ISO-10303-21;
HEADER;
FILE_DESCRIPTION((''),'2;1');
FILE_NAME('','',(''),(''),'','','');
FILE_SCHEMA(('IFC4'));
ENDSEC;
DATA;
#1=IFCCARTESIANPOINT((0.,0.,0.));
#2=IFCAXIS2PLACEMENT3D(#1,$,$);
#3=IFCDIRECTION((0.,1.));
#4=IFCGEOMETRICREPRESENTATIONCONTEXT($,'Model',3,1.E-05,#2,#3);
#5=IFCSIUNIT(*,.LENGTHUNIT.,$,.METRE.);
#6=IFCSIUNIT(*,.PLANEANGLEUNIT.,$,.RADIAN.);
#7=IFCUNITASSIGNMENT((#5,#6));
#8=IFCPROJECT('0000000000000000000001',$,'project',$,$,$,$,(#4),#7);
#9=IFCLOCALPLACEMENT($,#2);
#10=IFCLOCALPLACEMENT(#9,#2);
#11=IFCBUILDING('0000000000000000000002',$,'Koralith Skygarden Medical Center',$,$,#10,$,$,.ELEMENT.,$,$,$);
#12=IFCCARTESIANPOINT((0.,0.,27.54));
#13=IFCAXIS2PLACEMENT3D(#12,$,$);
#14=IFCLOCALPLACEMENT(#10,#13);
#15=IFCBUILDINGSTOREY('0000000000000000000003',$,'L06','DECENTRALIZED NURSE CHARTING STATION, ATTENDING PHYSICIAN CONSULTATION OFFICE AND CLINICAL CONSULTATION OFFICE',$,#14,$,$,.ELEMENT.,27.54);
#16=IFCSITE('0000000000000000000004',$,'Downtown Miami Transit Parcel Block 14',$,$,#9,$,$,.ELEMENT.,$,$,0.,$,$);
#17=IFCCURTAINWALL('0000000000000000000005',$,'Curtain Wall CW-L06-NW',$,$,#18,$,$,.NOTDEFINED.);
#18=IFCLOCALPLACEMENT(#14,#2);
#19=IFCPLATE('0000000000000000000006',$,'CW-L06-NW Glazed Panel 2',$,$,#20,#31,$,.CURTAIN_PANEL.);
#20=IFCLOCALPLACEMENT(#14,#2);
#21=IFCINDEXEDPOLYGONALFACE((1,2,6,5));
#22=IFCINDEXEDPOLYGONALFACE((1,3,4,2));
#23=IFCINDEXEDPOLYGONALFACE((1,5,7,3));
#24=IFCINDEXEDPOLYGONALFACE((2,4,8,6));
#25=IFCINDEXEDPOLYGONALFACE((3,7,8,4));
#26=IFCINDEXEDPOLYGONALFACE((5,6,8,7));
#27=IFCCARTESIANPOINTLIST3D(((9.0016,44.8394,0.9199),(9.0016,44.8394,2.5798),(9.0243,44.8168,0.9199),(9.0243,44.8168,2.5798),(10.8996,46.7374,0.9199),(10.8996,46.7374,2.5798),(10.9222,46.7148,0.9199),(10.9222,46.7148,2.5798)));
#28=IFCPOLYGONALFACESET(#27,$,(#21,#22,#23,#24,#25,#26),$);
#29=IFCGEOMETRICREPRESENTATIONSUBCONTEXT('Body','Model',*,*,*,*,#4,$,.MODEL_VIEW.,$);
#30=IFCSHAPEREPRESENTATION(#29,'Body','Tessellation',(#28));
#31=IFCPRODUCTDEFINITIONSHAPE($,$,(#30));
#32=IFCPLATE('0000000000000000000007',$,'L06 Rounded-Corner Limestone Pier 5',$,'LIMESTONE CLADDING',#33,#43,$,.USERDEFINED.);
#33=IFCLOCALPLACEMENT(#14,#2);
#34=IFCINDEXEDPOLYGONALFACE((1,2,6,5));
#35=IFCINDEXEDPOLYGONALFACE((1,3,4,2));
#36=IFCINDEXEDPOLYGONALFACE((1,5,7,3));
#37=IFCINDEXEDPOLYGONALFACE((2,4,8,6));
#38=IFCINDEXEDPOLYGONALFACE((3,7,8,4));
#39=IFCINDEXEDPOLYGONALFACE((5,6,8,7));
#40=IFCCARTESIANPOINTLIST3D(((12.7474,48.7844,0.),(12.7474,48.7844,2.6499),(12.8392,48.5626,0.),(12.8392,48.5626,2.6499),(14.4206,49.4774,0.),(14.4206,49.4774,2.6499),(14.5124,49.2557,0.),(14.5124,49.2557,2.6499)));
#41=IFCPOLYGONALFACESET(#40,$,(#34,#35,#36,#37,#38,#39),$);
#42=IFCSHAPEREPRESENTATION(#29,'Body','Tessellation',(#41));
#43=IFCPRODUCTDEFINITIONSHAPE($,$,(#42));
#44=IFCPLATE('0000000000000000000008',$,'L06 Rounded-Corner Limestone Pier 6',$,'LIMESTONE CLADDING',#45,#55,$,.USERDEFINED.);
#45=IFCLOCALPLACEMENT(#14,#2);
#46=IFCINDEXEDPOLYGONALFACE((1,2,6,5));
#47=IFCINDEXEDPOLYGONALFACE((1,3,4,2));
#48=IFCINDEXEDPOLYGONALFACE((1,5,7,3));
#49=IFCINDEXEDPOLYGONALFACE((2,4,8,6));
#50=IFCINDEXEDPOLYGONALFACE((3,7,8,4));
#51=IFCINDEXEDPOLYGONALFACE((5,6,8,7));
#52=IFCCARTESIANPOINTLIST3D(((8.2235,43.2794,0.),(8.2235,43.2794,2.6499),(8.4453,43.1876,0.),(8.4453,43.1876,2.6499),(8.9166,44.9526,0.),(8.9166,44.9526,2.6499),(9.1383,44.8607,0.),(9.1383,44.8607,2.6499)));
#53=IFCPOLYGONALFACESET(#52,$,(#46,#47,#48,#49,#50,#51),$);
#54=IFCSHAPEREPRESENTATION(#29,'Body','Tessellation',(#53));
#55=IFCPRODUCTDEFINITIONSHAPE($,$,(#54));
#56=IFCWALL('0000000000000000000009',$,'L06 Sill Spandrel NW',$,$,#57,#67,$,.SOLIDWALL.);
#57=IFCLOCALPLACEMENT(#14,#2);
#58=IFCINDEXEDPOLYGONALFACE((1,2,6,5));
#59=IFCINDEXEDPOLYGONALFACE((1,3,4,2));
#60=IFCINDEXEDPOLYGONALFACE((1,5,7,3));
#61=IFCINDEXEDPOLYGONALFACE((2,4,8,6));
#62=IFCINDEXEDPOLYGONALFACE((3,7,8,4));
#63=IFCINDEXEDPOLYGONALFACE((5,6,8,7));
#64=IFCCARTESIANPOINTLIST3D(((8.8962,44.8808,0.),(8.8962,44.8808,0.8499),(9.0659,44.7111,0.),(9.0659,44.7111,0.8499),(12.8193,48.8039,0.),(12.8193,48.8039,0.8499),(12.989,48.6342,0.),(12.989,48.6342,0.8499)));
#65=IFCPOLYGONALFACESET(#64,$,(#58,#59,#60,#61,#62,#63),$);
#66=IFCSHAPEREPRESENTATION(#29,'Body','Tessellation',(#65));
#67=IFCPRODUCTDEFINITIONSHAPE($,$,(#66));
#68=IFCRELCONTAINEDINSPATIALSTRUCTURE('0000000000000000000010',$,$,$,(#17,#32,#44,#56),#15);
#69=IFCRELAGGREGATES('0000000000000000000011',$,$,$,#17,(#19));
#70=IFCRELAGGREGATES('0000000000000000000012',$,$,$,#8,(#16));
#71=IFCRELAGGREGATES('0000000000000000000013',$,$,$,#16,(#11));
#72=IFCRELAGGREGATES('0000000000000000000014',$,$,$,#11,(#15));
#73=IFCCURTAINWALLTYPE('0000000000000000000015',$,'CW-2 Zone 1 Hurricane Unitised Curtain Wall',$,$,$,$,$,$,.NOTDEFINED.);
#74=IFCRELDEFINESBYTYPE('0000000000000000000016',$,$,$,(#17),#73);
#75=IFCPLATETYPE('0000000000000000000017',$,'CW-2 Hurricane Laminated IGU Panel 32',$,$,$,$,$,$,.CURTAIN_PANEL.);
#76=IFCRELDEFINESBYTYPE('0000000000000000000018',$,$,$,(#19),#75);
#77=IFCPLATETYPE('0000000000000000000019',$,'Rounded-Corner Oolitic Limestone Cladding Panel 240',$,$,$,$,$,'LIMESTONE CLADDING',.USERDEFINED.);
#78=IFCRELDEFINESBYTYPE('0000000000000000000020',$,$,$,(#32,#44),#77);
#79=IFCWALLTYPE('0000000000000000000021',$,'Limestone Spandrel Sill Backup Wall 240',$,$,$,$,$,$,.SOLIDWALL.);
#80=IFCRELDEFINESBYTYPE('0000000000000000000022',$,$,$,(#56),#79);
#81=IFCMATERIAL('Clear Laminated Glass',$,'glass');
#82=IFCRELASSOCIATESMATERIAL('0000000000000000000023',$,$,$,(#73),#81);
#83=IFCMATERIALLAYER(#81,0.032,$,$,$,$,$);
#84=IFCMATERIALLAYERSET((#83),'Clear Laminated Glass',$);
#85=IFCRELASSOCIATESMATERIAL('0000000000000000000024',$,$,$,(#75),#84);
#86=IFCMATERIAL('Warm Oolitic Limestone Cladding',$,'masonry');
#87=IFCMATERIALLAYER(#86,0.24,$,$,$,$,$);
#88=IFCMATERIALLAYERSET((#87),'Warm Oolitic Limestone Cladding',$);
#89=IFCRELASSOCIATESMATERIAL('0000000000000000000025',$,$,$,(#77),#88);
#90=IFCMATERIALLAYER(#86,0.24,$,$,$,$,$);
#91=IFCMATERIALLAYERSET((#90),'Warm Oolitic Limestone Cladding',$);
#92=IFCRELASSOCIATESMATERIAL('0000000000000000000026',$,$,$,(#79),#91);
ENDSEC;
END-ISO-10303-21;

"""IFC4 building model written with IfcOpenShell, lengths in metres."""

from ifc_helpers import new_model, si_unit, direction, frame, frame_2d, origin, origin_2d, place, context, subcontext, project, spatial, rectangle, extrude, material, layer, layer_set, type_object, element, aggregate, save


model = new_model("IFC4")

# Units and contexts
model_context = context("Model", 3, precision=1e-05, world=origin(), true_north=direction((0.0, 1.0)))
body_context = subcontext(model_context, "Body", "Model", "MODEL_VIEW")
ifc_project = project(units=[si_unit("LENGTHUNIT", "METRE"), si_unit("PLANEANGLEUNIT", "RADIAN")], contexts=[model_context])

# Site, building, storey
site_placement = place(None, origin())
site = spatial("IfcSite", under=ifc_project, at=site_placement, Name="Downtown Miami Transit Parcel Block 14", CompositionType="ELEMENT", RefElevation=0.0)
building_placement = place(site_placement, origin())
building = spatial("IfcBuilding", under=site, at=building_placement, Name="Koralith Skygarden Medical Center", CompositionType="ELEMENT")
storey_placement = place(building_placement, frame((0.0, 0.0, 27.54)))
storey = spatial("IfcBuildingStorey", under=building, at=storey_placement, Name="L06", Description="DECENTRALIZED NURSE CHARTING STATION, ATTENDING PHYSICIAN CONSULTATION OFFICE AND CLINICAL CONSULTATION OFFICE", CompositionType="ELEMENT", Elevation=27.54)

# Shared definitions
ifc_material_1 = material(Name="Clear Laminated Glass", Category="glass")
curtain_wall_type = type_object("IfcCurtainWallType", Name="CW-2 Zone 1 Hurricane Unitised Curtain Wall", PredefinedType="NOTDEFINED", material=ifc_material_1)

# Curtain wall
curtain_wall_1_placement = place(storey_placement, origin())
curtain_wall_1 = element("IfcCurtainWall", 1, at=curtain_wall_1_placement, inside=storey, type_object=curtain_wall_type, Name="Curtain Wall CW-L06-NW", PredefinedType="NOTDEFINED")

# Plate
ifc_layer_1 = layer(ifc_material_1, 0.032)
ifc_layer_set_1 = layer_set([ifc_layer_1], Name="Clear Laminated Glass")
plate_type_1 = type_object("IfcPlateType", Name="CW-2 Hurricane Laminated IGU Panel 32", PredefinedType="CURTAIN_PANEL", material=ifc_layer_set_1)
plate_1_placement = place(storey_placement, frame((9.9619, 45.7771, 0.9199), z_axis=(0.0, 0.0, 1.0), x_axis=(-0.707107, -0.707107, 0.0)))
plate_1 = element("IfcPlate", 2, at=plate_1_placement, type_object=plate_type_1, Name="CW-L06-NW Glazed Panel 2", PredefinedType="CURTAIN_PANEL", context=body_context, shape_type="SweptSolid", body=[
    extrude(rectangle(XDim=2.6841, YDim=0.032, at=origin_2d()), origin(), (0.0, 0.0, 1.0), 1.6599),
])
aggregate(curtain_wall_1, [plate_1])

# Plates
ifc_material_2 = material(Name="Warm Oolitic Limestone Cladding", Category="masonry")
ifc_layer_2 = layer(ifc_material_2, 0.24)
ifc_layer_set_2 = layer_set([ifc_layer_2], Name="Warm Oolitic Limestone Cladding")
plate_type_2 = type_object("IfcPlateType", Name="Rounded-Corner Oolitic Limestone Cladding Panel 240", ElementType="LIMESTONE CLADDING", PredefinedType="USERDEFINED", material=ifc_layer_set_2)
for number, where, z_axis, x_axis, name in (
    (3, (13.6299, 49.02, 0.0), (0.0, 0.0, 1.0), (-0.923885, -0.382671, 0.0), "L06 Rounded-Corner Limestone Pier 5"),
    (4, (8.6809, 44.0701, 0.0), (0.0, 0.0, 1.0), (-0.382671, -0.923885, 0.0), "L06 Rounded-Corner Limestone Pier 6"),
):
    element("IfcPlate", number, at=place(storey_placement, frame(where, z_axis=z_axis, x_axis=x_axis)), inside=storey, type_object=plate_type_2, Name=name, ObjectType="LIMESTONE CLADDING", PredefinedType="USERDEFINED", context=body_context, shape_type="SweptSolid", body=[
        extrude(rectangle(XDim=1.811, YDim=0.24, at=origin_2d()), origin(), (0.0, 0.0, 1.0), 2.6499),
    ])

# Wall
ifc_layer_3 = layer(ifc_material_2, 0.24)
ifc_layer_set_3 = layer_set([ifc_layer_3], Name="Warm Oolitic Limestone Cladding")
wall_type = type_object("IfcWallType", Name="Limestone Spandrel Sill Backup Wall 240", PredefinedType="SOLIDWALL", material=ifc_layer_set_3)
wall_placement = place(storey_placement, frame((12.9041, 48.719, 0.0), z_axis=(0.0, 0.0, 1.0), x_axis=(-0.707107, -0.707107, 0.0)))
element("IfcWall", 5, at=wall_placement, inside=storey, type_object=wall_type, Name="L06 Sill Spandrel NW", PredefinedType="SOLIDWALL", context=body_context, shape_type="SweptSolid", body=[
    extrude(rectangle(XDim=5.5481, YDim=0.24, at=frame_2d((2.7739, 0.0))), origin(), (0.0, 0.0, 1.0), 0.8499),
])

save(model, "model.ifc")
